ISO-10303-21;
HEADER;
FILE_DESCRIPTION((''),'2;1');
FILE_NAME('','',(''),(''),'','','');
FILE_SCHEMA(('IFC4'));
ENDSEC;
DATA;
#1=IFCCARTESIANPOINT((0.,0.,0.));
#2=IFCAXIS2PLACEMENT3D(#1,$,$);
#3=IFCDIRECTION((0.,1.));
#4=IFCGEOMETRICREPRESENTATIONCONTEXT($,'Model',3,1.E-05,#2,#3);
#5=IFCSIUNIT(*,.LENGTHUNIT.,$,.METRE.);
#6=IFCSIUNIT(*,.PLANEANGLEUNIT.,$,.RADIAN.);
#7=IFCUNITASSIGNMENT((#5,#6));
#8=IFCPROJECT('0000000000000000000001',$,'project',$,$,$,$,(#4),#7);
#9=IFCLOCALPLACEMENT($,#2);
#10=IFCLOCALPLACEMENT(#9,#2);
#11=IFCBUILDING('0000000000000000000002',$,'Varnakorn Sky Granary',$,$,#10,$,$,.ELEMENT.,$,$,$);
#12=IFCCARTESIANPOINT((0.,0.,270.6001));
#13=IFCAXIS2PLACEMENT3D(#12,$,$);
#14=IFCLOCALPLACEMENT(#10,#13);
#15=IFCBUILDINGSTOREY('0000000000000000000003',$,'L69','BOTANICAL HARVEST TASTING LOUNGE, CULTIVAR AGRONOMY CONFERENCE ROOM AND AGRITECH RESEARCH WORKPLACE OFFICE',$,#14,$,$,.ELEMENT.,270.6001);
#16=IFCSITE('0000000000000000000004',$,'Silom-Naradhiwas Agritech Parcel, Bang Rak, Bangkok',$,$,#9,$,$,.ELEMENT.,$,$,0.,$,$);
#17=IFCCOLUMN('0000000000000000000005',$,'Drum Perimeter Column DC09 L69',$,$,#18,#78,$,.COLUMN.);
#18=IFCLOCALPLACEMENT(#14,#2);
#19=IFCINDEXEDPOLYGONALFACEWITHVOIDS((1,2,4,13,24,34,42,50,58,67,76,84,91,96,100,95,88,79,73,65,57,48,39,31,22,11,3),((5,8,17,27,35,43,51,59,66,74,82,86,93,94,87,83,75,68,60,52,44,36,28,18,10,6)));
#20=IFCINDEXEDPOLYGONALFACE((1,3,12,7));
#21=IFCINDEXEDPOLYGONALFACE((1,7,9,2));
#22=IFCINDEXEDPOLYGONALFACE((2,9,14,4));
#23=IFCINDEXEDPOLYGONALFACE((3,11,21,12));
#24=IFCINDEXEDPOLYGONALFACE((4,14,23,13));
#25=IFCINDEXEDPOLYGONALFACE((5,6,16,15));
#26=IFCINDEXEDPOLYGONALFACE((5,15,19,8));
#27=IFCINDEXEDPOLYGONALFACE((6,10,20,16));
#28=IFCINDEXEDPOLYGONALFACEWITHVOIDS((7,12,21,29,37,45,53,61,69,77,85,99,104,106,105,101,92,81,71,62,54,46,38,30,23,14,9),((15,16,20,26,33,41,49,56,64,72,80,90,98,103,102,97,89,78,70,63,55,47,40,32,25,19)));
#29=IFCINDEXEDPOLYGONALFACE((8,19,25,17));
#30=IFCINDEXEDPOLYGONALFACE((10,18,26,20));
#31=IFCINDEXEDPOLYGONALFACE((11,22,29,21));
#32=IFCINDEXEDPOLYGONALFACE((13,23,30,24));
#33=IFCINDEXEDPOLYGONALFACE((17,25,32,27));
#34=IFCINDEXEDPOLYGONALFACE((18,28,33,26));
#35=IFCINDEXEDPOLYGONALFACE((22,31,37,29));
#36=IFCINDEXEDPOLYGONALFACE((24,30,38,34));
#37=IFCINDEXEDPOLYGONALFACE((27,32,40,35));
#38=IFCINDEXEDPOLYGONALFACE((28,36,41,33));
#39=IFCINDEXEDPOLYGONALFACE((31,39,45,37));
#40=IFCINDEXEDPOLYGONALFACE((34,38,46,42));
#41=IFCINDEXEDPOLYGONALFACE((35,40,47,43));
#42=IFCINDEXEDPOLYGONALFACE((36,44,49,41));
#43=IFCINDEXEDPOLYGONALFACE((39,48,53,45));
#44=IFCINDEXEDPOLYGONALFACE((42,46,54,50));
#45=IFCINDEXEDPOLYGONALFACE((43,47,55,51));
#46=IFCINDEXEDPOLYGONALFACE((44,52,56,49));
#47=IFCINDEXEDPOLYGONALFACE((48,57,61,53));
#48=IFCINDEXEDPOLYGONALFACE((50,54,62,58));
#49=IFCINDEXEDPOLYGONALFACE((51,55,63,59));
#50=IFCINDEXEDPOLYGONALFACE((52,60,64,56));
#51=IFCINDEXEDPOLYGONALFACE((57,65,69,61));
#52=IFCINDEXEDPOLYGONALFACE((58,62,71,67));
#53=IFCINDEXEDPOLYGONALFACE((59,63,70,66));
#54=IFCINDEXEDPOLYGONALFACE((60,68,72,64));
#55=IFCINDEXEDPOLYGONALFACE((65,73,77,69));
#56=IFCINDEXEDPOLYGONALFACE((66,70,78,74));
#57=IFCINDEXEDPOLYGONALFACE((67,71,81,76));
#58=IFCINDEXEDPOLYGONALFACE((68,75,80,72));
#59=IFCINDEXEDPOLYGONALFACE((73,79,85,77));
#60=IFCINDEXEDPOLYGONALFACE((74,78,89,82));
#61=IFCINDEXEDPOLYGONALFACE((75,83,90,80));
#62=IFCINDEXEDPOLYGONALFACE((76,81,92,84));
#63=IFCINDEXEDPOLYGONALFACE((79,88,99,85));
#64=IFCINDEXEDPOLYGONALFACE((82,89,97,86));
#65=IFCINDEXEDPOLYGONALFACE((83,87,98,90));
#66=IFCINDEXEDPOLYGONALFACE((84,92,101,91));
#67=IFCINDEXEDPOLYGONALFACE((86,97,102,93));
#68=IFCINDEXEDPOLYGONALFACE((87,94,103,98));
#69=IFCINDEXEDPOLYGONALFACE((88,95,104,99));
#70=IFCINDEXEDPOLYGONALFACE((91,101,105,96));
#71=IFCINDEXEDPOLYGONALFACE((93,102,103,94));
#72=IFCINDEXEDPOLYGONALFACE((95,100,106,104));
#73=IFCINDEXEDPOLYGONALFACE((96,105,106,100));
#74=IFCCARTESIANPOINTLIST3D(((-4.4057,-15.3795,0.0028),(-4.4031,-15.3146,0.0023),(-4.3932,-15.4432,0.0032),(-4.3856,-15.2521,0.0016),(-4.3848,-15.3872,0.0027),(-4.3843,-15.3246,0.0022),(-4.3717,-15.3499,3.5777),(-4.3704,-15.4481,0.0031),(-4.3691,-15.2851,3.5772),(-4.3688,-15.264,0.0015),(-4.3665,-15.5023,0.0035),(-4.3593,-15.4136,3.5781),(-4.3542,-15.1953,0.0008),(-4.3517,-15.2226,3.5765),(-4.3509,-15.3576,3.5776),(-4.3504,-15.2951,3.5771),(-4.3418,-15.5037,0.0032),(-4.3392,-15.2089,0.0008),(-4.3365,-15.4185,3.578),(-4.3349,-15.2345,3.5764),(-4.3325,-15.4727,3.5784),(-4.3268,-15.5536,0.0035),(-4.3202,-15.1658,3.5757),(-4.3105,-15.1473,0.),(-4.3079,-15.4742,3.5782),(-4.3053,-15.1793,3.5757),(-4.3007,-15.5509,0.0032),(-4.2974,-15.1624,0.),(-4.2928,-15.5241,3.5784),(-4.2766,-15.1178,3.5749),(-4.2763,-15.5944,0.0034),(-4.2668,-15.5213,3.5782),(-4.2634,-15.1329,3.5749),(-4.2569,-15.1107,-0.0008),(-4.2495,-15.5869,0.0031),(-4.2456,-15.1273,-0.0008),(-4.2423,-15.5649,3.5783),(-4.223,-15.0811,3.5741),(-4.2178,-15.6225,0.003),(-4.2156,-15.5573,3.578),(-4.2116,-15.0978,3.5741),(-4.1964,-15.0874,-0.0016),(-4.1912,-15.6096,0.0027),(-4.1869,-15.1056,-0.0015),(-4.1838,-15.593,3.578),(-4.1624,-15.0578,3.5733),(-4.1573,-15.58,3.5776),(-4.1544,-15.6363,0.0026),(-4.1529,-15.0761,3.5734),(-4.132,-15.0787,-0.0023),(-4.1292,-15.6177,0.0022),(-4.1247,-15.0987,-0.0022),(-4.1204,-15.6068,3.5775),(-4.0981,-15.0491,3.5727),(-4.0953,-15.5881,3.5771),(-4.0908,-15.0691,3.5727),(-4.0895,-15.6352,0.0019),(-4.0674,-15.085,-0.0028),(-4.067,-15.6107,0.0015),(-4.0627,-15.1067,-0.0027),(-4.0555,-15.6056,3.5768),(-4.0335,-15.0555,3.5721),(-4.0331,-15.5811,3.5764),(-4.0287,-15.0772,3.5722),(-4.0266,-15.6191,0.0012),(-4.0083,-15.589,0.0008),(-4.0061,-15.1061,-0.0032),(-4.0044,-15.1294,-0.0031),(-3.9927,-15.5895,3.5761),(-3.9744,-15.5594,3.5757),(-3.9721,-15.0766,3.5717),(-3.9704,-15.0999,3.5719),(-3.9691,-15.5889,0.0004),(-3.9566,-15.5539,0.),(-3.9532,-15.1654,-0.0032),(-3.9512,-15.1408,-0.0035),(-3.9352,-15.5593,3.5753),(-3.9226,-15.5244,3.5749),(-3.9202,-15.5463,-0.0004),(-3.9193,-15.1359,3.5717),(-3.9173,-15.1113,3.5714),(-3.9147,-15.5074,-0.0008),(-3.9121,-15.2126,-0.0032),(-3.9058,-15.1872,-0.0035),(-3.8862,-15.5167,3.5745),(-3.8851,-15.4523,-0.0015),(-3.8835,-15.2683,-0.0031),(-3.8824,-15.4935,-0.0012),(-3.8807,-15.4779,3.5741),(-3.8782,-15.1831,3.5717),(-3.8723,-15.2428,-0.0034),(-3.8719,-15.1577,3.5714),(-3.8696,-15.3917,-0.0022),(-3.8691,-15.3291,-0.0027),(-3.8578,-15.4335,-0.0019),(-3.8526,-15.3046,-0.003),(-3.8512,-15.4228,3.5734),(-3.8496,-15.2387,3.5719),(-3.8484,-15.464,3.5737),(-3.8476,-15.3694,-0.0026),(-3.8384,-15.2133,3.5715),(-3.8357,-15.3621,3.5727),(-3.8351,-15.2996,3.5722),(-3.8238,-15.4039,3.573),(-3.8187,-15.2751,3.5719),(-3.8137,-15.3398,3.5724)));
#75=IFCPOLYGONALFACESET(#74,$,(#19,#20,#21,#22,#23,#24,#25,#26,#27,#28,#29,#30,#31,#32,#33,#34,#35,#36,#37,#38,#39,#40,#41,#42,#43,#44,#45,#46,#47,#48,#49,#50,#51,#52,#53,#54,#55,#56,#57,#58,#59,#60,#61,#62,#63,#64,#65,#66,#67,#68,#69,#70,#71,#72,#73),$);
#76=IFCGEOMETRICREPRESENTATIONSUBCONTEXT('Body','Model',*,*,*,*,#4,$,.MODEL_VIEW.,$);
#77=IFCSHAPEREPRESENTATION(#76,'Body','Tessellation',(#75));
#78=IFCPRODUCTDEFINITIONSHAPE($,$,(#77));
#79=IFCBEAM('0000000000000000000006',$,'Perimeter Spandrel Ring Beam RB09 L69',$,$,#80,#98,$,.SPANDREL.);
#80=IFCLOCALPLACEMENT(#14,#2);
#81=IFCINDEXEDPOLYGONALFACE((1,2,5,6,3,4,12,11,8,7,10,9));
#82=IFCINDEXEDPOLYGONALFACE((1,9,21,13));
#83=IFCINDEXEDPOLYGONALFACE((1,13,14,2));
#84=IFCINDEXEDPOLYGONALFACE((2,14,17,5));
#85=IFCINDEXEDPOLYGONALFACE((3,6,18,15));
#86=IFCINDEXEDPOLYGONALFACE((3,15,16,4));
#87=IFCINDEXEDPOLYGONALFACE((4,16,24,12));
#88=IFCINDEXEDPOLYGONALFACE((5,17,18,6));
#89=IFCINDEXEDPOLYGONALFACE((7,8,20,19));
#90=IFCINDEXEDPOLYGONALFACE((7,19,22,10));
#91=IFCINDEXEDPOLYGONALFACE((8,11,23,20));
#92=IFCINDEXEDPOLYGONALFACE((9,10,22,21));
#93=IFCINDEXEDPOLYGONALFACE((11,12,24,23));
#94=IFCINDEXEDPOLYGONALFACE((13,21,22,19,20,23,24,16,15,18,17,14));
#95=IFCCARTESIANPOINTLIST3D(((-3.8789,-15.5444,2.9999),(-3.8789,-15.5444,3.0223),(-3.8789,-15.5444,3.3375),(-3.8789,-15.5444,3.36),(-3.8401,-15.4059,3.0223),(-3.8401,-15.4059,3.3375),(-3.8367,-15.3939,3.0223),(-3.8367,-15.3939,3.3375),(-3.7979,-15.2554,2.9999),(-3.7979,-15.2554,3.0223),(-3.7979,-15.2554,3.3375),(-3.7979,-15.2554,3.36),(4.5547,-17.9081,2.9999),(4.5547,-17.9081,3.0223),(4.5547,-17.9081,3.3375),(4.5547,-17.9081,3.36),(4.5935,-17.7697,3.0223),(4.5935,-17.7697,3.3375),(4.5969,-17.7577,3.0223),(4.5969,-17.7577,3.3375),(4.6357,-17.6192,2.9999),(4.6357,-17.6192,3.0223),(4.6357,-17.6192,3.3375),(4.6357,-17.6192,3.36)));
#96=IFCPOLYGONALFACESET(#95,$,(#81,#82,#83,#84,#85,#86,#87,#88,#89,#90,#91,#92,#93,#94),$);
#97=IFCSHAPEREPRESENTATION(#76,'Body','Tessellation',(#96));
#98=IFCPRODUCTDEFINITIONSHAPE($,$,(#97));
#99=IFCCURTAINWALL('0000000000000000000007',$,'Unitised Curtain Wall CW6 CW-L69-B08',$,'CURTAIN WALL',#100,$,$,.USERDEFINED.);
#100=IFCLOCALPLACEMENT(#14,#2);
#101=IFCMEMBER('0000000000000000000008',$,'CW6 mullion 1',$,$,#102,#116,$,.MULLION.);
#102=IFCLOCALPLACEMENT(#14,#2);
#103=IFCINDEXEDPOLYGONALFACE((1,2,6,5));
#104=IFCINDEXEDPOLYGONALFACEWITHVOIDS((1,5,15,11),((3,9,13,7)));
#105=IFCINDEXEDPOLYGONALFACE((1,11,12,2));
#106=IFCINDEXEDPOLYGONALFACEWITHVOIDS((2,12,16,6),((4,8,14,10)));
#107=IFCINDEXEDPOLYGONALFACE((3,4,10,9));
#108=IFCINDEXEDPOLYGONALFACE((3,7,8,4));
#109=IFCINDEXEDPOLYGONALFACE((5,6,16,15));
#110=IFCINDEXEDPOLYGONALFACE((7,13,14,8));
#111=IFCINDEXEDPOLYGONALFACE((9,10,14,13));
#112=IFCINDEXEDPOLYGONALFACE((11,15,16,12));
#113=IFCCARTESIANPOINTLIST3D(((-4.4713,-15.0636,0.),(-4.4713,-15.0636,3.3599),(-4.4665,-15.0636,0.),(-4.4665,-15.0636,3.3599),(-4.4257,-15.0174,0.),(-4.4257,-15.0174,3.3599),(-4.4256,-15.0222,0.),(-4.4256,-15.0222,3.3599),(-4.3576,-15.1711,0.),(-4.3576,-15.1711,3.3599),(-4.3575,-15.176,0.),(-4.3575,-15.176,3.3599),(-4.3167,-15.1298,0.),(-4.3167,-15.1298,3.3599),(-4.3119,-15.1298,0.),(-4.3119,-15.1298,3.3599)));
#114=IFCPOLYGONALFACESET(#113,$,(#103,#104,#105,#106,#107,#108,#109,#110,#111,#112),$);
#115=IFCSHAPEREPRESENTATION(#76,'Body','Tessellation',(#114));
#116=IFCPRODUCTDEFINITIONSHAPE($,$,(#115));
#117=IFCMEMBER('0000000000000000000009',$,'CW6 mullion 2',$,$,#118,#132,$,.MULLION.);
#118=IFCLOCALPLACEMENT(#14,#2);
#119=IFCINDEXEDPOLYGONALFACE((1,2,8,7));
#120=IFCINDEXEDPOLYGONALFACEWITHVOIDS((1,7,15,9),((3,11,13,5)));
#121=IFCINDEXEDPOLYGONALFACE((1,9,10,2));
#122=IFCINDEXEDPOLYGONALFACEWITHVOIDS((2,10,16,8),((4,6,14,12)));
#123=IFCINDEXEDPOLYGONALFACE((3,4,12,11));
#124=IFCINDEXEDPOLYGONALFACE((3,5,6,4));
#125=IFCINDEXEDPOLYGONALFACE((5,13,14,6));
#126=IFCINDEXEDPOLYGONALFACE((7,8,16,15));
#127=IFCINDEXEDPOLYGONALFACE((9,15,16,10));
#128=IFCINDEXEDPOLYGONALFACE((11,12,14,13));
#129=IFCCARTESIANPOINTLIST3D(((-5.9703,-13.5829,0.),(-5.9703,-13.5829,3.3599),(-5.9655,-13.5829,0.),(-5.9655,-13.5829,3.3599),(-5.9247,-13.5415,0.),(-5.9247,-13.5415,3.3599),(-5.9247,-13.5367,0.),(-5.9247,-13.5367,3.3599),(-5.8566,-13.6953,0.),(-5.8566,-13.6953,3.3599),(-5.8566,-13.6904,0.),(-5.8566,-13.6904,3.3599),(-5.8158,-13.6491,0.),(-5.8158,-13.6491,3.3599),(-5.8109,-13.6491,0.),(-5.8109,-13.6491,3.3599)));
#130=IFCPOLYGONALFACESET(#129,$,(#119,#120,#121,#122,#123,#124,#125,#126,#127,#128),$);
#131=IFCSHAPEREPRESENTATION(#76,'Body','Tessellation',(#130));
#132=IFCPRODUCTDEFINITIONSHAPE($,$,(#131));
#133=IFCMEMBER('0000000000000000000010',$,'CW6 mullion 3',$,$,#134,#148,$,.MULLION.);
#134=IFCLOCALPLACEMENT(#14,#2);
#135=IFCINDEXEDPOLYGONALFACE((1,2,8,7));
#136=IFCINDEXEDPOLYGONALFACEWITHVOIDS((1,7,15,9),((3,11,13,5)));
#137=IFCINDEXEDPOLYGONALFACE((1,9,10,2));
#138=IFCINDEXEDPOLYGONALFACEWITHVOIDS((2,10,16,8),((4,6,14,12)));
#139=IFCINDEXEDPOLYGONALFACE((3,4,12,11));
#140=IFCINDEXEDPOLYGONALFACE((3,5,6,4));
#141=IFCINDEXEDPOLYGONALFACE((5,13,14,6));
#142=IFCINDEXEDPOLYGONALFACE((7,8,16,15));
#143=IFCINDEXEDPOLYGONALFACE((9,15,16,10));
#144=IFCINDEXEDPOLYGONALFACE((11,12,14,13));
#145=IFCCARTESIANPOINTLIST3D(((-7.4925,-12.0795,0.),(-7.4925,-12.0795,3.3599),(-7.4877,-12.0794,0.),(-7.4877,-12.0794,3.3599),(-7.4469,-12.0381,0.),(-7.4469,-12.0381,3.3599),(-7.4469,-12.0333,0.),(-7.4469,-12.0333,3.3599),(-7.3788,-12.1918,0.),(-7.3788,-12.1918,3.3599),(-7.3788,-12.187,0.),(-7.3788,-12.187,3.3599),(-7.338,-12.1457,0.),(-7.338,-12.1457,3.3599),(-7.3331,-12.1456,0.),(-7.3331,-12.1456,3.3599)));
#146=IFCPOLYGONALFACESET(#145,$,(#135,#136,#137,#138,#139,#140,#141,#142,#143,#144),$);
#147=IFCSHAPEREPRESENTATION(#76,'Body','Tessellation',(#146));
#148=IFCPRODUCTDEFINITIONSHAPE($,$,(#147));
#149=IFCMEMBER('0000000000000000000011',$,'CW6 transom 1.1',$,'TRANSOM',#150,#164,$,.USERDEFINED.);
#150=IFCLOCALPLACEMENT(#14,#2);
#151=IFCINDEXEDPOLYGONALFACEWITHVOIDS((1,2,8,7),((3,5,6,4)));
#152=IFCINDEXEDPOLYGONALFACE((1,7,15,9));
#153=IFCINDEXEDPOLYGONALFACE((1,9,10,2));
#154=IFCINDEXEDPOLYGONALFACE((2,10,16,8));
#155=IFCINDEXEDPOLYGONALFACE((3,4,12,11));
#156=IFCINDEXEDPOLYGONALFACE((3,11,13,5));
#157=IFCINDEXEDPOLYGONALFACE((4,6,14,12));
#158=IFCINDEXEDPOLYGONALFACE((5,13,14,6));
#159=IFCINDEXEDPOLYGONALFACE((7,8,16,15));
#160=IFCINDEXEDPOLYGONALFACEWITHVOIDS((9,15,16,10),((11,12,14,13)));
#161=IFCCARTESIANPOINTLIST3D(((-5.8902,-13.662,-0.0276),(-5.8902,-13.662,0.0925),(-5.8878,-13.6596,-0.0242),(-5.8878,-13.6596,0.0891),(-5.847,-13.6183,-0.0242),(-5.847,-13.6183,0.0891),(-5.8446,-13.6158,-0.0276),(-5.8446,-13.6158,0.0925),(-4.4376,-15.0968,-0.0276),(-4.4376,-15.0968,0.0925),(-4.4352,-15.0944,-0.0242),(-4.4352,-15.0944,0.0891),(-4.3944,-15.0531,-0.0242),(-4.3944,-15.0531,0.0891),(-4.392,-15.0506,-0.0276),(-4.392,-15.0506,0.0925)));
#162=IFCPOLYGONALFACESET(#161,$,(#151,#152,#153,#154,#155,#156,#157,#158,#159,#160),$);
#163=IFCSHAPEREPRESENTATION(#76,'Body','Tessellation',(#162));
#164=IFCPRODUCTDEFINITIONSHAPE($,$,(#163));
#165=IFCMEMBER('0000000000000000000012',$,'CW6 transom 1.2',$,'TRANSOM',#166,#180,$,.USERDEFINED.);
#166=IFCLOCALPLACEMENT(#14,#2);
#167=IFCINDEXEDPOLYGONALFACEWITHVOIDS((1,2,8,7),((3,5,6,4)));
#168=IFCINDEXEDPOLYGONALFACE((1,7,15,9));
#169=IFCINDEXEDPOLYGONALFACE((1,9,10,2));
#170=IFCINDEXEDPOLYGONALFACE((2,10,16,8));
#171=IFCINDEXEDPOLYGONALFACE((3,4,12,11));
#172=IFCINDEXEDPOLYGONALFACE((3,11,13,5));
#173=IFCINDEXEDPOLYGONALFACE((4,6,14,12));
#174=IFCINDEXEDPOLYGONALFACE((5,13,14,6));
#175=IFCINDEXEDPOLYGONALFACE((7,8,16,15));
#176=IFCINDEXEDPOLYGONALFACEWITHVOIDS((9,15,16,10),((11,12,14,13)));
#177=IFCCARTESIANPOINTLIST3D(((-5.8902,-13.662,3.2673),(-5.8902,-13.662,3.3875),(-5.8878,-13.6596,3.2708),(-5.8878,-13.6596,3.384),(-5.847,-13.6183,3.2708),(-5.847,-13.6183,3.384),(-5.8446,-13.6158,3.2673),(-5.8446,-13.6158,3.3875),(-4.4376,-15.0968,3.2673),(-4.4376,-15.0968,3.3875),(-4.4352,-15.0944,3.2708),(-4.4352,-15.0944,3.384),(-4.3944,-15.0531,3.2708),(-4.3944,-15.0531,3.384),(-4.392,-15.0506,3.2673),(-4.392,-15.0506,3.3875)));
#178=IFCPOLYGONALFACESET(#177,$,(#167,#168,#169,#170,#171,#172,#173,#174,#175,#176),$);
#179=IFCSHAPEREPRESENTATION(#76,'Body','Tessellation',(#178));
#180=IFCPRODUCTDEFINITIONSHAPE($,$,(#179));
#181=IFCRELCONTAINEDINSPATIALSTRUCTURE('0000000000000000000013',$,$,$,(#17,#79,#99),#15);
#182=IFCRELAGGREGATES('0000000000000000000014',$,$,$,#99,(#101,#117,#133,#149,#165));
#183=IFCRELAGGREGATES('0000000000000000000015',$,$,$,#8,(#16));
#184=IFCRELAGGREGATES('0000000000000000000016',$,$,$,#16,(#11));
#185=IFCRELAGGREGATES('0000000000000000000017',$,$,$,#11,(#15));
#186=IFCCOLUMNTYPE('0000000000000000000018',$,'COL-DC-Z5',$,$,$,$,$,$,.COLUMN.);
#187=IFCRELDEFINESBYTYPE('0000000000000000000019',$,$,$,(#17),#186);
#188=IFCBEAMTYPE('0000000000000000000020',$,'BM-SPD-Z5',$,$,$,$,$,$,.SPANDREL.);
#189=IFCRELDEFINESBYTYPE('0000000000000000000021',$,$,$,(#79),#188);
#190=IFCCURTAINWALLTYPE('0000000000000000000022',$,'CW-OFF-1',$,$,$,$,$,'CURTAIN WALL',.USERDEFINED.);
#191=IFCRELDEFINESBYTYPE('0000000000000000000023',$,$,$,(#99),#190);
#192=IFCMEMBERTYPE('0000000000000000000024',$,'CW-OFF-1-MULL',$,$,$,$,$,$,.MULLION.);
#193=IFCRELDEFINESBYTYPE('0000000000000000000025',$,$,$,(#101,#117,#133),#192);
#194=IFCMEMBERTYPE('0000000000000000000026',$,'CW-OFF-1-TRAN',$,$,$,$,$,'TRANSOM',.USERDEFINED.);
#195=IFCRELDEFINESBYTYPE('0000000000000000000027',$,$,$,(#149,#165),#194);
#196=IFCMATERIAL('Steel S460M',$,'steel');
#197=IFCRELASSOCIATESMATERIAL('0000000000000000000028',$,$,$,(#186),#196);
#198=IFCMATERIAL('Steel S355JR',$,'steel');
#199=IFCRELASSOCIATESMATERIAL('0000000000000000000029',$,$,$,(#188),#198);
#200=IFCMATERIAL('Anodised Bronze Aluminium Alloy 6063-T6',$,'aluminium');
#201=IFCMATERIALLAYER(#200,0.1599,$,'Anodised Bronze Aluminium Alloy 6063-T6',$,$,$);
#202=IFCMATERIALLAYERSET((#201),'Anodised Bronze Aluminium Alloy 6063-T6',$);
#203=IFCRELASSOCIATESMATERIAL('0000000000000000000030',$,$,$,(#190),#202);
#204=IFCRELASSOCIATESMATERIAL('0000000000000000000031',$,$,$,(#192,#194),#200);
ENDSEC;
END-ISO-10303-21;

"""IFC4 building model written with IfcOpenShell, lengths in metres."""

from ifc_helpers import new_model, si_unit, direction, frame, origin, origin_2d, place, context, subcontext, project, spatial, hollow_rectangle, hollow_circle, i_section, extrude, material, layer, layer_set, material_profile, profile_set, type_object, element, aggregate, save


model = new_model("IFC4")

# Units and contexts
model_context = context("Model", 3, precision=1e-05, world=origin(), true_north=direction((0.0, 1.0)))
body_context = subcontext(model_context, "Body", "Model", "MODEL_VIEW")
ifc_project = project(units=[si_unit("LENGTHUNIT", "METRE"), si_unit("PLANEANGLEUNIT", "RADIAN")], contexts=[model_context])

# Site, building, storey
site_placement = place(None, origin())
site = spatial("IfcSite", under=ifc_project, at=site_placement, Name="Silom-Naradhiwas Agritech Parcel, Bang Rak, Bangkok", CompositionType="ELEMENT", RefElevation=0.0)
building_placement = place(site_placement, origin())
building = spatial("IfcBuilding", under=site, at=building_placement, Name="Varnakorn Sky Granary", CompositionType="ELEMENT")
storey_placement = place(building_placement, frame((0.0, 0.0, 270.6001)))
storey = spatial("IfcBuildingStorey", under=building, at=storey_placement, Name="L69", Description="BOTANICAL HARVEST TASTING LOUNGE, CULTIVAR AGRONOMY CONFERENCE ROOM AND AGRITECH RESEARCH WORKPLACE OFFICE", CompositionType="ELEMENT", Elevation=270.6001)

# Column
ifc_material_1 = material(Name="Steel S460M", Category="steel")
ifc_material_profile_1 = material_profile(ifc_material_1, hollow_circle(Radius=0.2795, WallThickness=0.02, at=origin_2d()), Name="CHS 559x20")
ifc_profile_set_1 = profile_set([ifc_material_profile_1], Name="Steel S460M")
column_type = type_object("IfcColumnType", Name="COL-DC-Z5", PredefinedType="COLUMN", material=ifc_profile_set_1)
column_placement = place(storey_placement, frame((-4.127, -15.3582, 0.0), z_axis=(0.009492, 0.008263, 0.999921), x_axis=(-0.656582, 0.754255, 0.0)))
element("IfcColumn", 1, at=column_placement, inside=storey, type_object=column_type, Name="Drum Perimeter Column DC09 L69", PredefinedType="COLUMN", context=body_context, shape_type="SweptSolid", body=[
    extrude(hollow_circle(Radius=0.2795, WallThickness=0.02, at=origin_2d()), origin(), (0.0, 0.0, 1.0), 3.5752),
])

# Beam
ifc_material_2 = material(Name="Steel S355JR", Category="steel")
ifc_material_profile_2 = material_profile(ifc_material_2, i_section(OverallWidth=0.3, OverallDepth=0.3601, WebThickness=0.0125, FlangeThickness=0.0225, at=origin_2d()), Name="HE 360 B")
ifc_profile_set_2 = profile_set([ifc_material_profile_2], Name="Steel S355JR")
beam_type = type_object("IfcBeamType", Name="BM-SPD-Z5", PredefinedType="SPANDREL", material=ifc_profile_set_2)
beam_placement = place(storey_placement, frame((-3.8384, -15.3999, 3.1799), z_axis=(0.962894, -0.26988, 0.0), x_axis=(0.26988, 0.962894, 0.0)))
element("IfcBeam", 2, at=beam_placement, inside=storey, type_object=beam_type, Name="Perimeter Spandrel Ring Beam RB09 L69", PredefinedType="SPANDREL", context=body_context, shape_type="SweptSolid", body=[
    extrude(i_section(OverallWidth=0.3, OverallDepth=0.3601, WebThickness=0.0125, FlangeThickness=0.0225, at=origin_2d()), origin(), (0.0, 0.0, 1.0), 8.7585),
])

# Curtain wall, members
ifc_material_3 = material(Name="Anodised Bronze Aluminium Alloy 6063-T6", Category="aluminium")
ifc_layer_1 = layer(ifc_material_3, 0.1599, Name="Anodised Bronze Aluminium Alloy 6063-T6")
ifc_layer_set_1 = layer_set([ifc_layer_1], Name="Anodised Bronze Aluminium Alloy 6063-T6")
curtain_wall_type = type_object("IfcCurtainWallType", Name="CW-OFF-1", ElementType="CURTAIN WALL", PredefinedType="USERDEFINED", material=ifc_layer_set_1)
curtain_wall_placement = place(storey_placement, origin())
curtain_wall = element("IfcCurtainWall", 3, at=curtain_wall_placement, inside=storey, type_object=curtain_wall_type, Name="Unitised Curtain Wall CW6 CW-L69-B08", ObjectType="CURTAIN WALL", PredefinedType="USERDEFINED")
ifc_material_profile_3 = material_profile(ifc_material_3, hollow_rectangle(XDim=0.0649, YDim=0.1599, WallThickness=0.0034, at=origin_2d()), Name="ALU MULL 65x160")
ifc_profile_set_3 = profile_set([ifc_material_profile_3], Name="Anodised Bronze Aluminium Alloy 6063-T6")
member_type_1 = type_object("IfcMemberType", Name="CW-OFF-1-MULL", PredefinedType="MULLION", material=ifc_profile_set_3)
member_1_placement = place(storey_placement, frame((-4.3916, -15.0967, 0.0), z_axis=(0.0, 0.0, 1.0), x_axis=(-0.702729, -0.711458, 0.0)))
member_1 = element("IfcMember", 4, at=member_1_placement, type_object=member_type_1, Name="CW6 mullion 1", PredefinedType="MULLION", context=body_context, shape_type="SweptSolid", body=[
    extrude(hollow_rectangle(XDim=0.0649, YDim=0.1599, WallThickness=0.0034, at=origin_2d()), origin(), (0.0, 0.0, 1.0), 3.3599),
])
member_2_placement = place(storey_placement, frame((-5.8906, -13.616, 0.0), z_axis=(0.0, 0.0, 1.0), x_axis=(-0.702729, -0.711458, 0.0)))
member_2 = element("IfcMember", 5, at=member_2_placement, type_object=member_type_1, Name="CW6 mullion 2", PredefinedType="MULLION", context=body_context, shape_type="SweptSolid", body=[
    extrude(hollow_rectangle(XDim=0.0649, YDim=0.1599, WallThickness=0.0034, at=origin_2d()), origin(), (0.0, 0.0, 1.0), 3.3599),
])
member_3_placement = place(storey_placement, frame((-7.4128, -12.1125, 0.0), z_axis=(0.0, 0.0, 1.0), x_axis=(-0.702729, -0.711458, 0.0)))
member_3 = element("IfcMember", 6, at=member_3_placement, type_object=member_type_1, Name="CW6 mullion 3", PredefinedType="MULLION", context=body_context, shape_type="SweptSolid", body=[
    extrude(hollow_rectangle(XDim=0.0649, YDim=0.1599, WallThickness=0.0034, at=origin_2d()), origin(), (0.0, 0.0, 1.0), 3.3599),
])
ifc_material_profile_4 = material_profile(ifc_material_3, hollow_rectangle(XDim=0.0649, YDim=0.1201, WallThickness=0.0034, at=origin_2d()), Name="ALU TRAN 65x120")
ifc_profile_set_4 = profile_set([ifc_material_profile_4], Name="Anodised Bronze Aluminium Alloy 6063-T6")
member_type_2 = type_object("IfcMemberType", Name="CW-OFF-1-TRAN", ElementType="TRANSOM", PredefinedType="USERDEFINED", material=ifc_profile_set_4)
member_4_placement = place(storey_placement, frame((-4.4148, -15.0737, 0.0325), z_axis=(-0.711458, 0.702729, 0.0), x_axis=(-0.702729, -0.711458, 0.0)))
member_4 = element("IfcMember", 7, at=member_4_placement, type_object=member_type_2, Name="CW6 transom 1.1", ObjectType="TRANSOM", PredefinedType="USERDEFINED", context=body_context, shape_type="SweptSolid", body=[
    extrude(hollow_rectangle(XDim=0.0649, YDim=0.1201, WallThickness=0.0034, at=origin_2d()), origin(), (0.0, 0.0, 1.0), 2.0417),
])
member_5_placement = place(storey_placement, frame((-4.4148, -15.0737, 3.3274), z_axis=(-0.711458, 0.702729, 0.0), x_axis=(-0.702729, -0.711458, 0.0)))
member_5 = element("IfcMember", 8, at=member_5_placement, type_object=member_type_2, Name="CW6 transom 1.2", ObjectType="TRANSOM", PredefinedType="USERDEFINED", context=body_context, shape_type="SweptSolid", body=[
    extrude(hollow_rectangle(XDim=0.0649, YDim=0.1201, WallThickness=0.0034, at=origin_2d()), origin(), (0.0, 0.0, 1.0), 2.0417),
])

aggregate(curtain_wall, [member_1, member_2, member_3, member_4, member_5])

save(model, "model.ifc")
